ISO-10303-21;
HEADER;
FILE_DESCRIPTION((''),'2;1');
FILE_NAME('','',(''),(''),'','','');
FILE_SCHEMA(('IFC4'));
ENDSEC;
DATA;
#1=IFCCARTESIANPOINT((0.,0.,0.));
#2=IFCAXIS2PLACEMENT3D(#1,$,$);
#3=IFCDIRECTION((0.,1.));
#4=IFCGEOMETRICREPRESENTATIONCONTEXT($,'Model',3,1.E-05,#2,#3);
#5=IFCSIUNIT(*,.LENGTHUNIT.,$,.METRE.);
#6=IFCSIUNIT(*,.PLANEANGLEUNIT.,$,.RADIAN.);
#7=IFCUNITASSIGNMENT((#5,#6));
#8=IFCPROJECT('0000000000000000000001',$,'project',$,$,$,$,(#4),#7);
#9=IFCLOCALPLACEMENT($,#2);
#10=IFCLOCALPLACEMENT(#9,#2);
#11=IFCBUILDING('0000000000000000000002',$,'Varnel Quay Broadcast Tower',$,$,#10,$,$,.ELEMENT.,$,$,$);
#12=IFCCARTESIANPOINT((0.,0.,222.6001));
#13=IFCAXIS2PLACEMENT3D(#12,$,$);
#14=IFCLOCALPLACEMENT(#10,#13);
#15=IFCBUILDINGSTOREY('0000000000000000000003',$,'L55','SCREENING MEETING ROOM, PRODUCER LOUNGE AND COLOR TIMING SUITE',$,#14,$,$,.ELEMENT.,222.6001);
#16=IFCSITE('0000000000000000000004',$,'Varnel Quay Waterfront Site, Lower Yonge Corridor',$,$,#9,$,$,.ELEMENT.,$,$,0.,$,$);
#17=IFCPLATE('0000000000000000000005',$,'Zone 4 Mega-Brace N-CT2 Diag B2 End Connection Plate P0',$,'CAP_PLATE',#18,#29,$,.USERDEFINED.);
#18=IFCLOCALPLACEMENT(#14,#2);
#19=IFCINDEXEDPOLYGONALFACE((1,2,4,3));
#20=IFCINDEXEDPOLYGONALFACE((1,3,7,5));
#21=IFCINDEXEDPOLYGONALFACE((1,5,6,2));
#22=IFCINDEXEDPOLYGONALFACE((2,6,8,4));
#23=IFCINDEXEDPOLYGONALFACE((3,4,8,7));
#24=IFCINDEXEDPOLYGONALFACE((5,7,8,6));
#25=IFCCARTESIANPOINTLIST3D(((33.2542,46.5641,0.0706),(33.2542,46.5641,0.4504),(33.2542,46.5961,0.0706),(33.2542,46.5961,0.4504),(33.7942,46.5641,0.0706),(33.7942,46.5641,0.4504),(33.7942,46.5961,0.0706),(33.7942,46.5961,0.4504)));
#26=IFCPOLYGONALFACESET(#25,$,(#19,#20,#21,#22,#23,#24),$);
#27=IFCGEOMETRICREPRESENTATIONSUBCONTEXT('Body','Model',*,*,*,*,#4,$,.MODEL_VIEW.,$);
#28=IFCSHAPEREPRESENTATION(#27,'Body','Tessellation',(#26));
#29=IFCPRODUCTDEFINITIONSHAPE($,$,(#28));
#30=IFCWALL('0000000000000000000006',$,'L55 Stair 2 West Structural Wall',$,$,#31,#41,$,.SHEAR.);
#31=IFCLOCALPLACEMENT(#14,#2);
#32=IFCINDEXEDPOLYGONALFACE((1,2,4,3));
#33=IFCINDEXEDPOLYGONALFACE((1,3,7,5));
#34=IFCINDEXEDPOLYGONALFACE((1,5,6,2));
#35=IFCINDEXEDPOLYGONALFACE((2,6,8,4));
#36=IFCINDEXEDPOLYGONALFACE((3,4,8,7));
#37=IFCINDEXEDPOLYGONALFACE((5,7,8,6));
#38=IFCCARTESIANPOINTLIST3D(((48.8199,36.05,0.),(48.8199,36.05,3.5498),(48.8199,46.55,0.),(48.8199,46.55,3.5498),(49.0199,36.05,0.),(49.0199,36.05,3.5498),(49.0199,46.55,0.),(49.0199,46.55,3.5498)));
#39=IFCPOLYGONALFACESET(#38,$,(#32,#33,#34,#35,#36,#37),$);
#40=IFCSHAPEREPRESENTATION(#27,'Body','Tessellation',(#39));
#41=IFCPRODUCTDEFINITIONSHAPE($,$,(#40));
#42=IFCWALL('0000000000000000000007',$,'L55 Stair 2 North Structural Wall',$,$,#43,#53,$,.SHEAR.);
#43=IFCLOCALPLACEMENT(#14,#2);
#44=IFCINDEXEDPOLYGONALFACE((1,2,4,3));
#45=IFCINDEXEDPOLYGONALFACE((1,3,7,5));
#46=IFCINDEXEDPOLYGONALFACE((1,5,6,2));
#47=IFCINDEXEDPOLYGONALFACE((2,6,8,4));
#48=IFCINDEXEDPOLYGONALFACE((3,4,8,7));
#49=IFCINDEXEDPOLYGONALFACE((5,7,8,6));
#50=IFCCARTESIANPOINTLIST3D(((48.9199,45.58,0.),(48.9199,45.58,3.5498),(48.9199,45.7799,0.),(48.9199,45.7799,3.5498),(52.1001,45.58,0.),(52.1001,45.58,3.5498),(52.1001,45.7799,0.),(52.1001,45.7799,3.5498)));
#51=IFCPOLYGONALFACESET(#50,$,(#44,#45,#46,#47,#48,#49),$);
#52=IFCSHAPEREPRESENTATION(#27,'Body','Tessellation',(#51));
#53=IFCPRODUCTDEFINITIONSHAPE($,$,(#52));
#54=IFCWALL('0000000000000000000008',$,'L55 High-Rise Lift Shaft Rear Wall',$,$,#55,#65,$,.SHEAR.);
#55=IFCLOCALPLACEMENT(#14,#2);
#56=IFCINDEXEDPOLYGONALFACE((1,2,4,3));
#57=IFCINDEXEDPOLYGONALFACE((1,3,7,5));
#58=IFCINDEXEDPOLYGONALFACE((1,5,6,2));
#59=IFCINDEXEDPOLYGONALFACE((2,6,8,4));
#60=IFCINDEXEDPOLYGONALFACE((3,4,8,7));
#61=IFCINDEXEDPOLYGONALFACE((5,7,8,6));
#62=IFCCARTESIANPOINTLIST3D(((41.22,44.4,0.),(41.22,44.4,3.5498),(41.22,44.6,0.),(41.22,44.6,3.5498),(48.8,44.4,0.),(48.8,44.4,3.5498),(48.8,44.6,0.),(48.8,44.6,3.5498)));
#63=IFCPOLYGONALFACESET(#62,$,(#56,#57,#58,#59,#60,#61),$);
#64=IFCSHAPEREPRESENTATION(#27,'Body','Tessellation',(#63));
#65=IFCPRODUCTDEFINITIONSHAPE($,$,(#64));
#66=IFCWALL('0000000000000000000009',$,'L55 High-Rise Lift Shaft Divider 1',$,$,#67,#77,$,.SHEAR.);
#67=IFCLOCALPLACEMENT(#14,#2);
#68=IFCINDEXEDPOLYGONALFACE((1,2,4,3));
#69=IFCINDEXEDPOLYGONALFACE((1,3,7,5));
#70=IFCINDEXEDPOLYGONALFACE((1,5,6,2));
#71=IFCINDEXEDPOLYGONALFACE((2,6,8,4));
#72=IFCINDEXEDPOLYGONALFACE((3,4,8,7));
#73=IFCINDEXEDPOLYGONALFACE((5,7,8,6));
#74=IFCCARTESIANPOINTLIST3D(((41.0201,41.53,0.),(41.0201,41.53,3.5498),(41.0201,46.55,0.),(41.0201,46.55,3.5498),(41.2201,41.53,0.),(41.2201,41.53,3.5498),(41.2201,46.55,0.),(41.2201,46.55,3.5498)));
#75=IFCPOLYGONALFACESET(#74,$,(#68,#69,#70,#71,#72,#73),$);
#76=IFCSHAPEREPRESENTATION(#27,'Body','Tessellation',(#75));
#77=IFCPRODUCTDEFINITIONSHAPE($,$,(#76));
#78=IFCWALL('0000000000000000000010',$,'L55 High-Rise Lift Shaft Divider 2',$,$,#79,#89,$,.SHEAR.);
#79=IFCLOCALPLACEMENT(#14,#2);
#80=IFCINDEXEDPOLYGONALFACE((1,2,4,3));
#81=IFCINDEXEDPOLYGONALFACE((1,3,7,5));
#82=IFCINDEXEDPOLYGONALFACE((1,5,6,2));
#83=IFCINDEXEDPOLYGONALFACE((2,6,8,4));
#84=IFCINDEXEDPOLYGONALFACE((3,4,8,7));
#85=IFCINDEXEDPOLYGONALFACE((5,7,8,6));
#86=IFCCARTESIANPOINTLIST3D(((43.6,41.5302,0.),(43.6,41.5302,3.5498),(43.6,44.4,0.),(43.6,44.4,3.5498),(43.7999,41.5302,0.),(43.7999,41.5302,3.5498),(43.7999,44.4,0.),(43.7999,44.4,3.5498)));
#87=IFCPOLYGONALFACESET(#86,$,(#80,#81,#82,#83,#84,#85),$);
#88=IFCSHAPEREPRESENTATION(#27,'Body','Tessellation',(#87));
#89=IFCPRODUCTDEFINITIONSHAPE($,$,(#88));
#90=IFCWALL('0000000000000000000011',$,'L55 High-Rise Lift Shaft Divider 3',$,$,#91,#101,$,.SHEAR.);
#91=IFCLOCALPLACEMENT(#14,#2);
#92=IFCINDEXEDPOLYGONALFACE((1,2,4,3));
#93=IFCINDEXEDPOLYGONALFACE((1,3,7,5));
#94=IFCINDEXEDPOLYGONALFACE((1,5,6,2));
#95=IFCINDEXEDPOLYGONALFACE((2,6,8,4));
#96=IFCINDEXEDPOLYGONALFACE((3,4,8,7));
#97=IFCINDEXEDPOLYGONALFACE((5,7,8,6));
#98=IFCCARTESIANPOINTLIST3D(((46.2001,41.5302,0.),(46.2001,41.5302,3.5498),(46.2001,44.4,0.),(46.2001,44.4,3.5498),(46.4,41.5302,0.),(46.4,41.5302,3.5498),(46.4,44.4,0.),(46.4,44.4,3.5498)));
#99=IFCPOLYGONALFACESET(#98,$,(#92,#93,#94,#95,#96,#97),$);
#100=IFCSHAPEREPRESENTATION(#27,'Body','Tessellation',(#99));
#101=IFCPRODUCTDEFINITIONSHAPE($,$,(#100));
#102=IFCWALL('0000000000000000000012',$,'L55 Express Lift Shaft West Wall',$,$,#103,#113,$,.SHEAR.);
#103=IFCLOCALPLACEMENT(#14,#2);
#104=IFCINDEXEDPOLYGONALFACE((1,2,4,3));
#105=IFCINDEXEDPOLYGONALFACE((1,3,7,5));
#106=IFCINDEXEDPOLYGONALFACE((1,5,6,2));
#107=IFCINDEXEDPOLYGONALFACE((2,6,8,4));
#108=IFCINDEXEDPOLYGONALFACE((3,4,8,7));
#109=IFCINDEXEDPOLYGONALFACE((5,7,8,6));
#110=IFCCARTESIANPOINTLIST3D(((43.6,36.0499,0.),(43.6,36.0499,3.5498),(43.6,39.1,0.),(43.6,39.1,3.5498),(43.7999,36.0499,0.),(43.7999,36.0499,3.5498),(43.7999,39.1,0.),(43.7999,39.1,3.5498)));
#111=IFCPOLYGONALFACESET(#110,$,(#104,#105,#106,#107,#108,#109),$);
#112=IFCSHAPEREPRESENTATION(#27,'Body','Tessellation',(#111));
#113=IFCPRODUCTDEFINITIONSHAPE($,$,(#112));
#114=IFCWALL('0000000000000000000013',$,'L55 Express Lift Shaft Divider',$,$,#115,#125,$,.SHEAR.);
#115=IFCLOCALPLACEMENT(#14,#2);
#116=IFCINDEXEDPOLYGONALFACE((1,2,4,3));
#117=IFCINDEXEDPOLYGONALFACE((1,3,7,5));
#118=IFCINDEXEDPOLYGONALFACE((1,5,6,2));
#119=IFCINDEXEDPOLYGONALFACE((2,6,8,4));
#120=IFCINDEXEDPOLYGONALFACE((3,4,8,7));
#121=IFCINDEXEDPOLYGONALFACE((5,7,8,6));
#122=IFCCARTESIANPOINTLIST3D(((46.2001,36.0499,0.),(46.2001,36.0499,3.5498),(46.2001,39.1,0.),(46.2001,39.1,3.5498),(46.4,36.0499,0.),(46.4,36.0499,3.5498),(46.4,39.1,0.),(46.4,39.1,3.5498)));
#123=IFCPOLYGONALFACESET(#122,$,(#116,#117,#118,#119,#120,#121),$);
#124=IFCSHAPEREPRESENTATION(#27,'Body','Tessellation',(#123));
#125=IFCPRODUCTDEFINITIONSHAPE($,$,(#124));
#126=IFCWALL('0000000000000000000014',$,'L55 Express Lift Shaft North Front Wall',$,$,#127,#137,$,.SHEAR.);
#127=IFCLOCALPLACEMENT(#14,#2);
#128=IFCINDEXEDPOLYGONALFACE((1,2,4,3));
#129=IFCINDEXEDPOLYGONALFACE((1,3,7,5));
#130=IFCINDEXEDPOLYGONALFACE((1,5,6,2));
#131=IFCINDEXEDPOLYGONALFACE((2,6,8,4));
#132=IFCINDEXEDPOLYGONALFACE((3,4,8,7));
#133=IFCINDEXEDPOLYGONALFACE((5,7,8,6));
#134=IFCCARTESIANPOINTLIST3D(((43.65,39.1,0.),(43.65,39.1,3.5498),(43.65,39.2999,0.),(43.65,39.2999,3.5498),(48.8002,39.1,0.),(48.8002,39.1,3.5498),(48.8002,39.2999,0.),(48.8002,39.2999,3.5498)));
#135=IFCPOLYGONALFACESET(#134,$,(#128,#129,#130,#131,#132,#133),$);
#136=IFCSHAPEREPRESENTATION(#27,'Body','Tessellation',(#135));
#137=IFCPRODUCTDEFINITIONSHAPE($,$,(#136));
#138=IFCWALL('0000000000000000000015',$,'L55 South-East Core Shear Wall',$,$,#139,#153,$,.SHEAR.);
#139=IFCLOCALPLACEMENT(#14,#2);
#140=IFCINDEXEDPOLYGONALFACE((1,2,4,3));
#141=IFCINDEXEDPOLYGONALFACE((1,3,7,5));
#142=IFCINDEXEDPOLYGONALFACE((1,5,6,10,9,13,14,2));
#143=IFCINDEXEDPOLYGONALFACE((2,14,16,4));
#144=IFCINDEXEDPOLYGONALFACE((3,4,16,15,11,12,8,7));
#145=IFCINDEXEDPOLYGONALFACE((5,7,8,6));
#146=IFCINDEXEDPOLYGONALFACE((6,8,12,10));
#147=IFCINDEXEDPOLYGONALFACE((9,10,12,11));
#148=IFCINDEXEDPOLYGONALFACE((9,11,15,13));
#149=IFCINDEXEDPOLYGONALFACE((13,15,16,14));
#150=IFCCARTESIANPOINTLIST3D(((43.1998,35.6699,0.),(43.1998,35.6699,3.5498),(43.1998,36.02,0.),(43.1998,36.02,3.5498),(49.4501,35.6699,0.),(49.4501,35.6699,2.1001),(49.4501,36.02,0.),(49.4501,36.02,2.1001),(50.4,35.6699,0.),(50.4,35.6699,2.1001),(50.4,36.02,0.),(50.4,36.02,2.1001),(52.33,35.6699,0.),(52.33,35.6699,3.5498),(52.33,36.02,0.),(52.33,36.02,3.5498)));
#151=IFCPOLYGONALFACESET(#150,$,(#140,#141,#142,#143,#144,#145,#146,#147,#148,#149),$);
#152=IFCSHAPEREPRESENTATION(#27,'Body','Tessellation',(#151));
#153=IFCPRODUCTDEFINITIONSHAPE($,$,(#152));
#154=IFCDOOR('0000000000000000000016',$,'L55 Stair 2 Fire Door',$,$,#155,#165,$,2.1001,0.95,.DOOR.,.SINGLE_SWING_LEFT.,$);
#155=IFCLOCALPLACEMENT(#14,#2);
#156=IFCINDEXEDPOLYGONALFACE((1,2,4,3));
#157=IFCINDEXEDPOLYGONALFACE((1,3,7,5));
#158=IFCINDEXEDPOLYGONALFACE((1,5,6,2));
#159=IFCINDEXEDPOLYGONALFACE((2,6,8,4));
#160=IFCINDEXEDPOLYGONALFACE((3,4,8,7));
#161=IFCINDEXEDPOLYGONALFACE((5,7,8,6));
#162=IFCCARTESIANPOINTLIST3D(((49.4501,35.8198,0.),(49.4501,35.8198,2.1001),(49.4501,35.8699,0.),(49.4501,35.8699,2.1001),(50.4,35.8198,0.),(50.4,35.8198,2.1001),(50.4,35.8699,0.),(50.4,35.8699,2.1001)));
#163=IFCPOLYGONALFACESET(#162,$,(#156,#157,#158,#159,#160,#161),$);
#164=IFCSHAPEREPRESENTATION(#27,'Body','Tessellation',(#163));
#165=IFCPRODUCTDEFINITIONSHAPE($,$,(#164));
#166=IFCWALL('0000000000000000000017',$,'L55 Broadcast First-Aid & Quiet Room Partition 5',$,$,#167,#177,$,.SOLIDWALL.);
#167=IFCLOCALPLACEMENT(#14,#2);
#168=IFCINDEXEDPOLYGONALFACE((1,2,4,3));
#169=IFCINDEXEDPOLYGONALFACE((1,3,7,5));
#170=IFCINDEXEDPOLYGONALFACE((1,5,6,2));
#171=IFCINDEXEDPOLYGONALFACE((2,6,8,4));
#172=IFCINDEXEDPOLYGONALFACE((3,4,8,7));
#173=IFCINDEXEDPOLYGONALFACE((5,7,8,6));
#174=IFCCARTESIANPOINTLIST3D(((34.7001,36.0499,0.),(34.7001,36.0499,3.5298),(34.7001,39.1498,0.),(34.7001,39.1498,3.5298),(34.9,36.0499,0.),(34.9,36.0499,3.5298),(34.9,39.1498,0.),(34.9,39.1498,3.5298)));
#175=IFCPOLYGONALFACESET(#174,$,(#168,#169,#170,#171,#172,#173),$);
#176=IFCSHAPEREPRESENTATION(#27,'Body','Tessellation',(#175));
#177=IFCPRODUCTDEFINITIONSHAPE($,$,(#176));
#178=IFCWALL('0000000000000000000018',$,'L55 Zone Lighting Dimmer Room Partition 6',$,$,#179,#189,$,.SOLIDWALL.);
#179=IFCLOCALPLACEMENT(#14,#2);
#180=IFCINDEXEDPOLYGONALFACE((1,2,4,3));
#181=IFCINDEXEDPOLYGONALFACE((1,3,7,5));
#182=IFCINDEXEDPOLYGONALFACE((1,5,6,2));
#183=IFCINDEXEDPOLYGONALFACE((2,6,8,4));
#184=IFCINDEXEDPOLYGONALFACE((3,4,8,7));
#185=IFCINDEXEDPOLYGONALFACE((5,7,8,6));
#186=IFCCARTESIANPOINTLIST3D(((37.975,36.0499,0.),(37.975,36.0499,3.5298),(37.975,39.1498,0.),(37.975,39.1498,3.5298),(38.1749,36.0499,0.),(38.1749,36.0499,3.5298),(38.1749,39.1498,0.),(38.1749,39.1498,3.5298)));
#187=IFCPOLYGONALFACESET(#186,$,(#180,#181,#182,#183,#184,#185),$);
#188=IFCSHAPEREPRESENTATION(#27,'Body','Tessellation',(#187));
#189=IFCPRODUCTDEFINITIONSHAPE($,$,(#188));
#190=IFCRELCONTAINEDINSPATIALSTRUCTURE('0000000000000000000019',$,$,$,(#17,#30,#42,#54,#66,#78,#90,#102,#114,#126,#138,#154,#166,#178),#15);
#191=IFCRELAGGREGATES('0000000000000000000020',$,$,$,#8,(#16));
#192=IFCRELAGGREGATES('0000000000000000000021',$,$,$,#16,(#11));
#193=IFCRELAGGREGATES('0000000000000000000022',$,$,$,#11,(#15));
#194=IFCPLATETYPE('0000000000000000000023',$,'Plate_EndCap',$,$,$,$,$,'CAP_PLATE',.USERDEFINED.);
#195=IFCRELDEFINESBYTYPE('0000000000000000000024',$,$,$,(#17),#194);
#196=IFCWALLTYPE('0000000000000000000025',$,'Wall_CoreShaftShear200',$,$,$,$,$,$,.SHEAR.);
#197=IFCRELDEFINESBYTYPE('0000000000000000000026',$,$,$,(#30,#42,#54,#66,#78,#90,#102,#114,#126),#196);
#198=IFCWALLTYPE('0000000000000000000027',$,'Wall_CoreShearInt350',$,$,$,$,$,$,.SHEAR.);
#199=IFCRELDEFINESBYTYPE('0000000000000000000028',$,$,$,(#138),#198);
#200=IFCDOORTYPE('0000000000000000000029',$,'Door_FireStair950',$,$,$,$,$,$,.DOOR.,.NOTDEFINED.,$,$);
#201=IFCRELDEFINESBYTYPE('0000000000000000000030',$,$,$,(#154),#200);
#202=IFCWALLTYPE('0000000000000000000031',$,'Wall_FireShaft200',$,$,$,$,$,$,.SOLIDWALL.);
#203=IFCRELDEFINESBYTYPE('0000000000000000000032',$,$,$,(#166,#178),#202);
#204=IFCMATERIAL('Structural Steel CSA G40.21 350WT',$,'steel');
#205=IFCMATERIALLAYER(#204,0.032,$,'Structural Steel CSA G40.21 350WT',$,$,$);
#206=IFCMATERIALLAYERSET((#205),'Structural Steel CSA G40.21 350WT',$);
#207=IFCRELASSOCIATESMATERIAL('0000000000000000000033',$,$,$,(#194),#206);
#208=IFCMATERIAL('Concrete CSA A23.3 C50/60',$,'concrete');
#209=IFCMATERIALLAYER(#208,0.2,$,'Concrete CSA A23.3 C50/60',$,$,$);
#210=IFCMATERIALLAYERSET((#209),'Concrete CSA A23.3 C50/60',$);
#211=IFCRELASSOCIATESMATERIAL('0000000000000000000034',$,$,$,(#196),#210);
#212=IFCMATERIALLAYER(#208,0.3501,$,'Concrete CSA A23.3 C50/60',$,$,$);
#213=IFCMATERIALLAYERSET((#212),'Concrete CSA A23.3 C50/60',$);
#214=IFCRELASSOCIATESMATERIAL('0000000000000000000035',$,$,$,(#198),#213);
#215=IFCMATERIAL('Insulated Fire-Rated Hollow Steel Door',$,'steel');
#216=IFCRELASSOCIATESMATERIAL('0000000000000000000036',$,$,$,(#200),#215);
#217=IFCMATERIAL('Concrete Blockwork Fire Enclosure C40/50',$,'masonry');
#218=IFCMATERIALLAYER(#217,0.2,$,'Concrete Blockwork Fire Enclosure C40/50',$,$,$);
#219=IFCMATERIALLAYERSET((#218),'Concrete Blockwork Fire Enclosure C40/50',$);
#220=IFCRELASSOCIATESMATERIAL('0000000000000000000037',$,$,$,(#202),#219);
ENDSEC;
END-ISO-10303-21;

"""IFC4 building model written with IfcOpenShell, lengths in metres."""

from ifc_helpers import new_model, si_unit, direction, frame, frame_2d, origin, origin_2d, place, context, subcontext, project, spatial, rectangle, extrude, source, transform, mapped, material, layer, layer_set, type_object, type_shapes, element, fill, save


model = new_model("IFC4")

# Units and contexts
model_context = context("Model", 3, precision=1e-05, world=origin(), true_north=direction((0.0, 1.0)))
body_context = subcontext(model_context, "Body", "Model", "MODEL_VIEW")
ifc_project = project(units=[si_unit("LENGTHUNIT", "METRE"), si_unit("PLANEANGLEUNIT", "RADIAN")], contexts=[model_context])

# Site, building, storey
site_placement = place(None, origin())
site = spatial("IfcSite", under=ifc_project, at=site_placement, Name="Varnel Quay Waterfront Site, Lower Yonge Corridor", CompositionType="ELEMENT", RefElevation=0.0)
building_placement = place(site_placement, origin())
building = spatial("IfcBuilding", under=site, at=building_placement, Name="Varnel Quay Broadcast Tower", CompositionType="ELEMENT")
storey_placement = place(building_placement, frame((0.0, 0.0, 222.6001)))
storey = spatial("IfcBuildingStorey", under=building, at=storey_placement, Name="L55", Description="SCREENING MEETING ROOM, PRODUCER LOUNGE AND COLOR TIMING SUITE", CompositionType="ELEMENT", Elevation=222.6001)

# Shared definitions
ifc_material_1 = material(Name="Structural Steel CSA G40.21 350WT", Category="steel")

# Shared definitions
ifc_material_2 = material(Name="Concrete CSA A23.3 C50/60", Category="concrete")

# Plate
ifc_layer_1 = layer(ifc_material_1, 0.032, Name="Structural Steel CSA G40.21 350WT")
ifc_layer_set_1 = layer_set([ifc_layer_1], Name="Structural Steel CSA G40.21 350WT")
plate_type = type_object("IfcPlateType", Name="Plate_EndCap", ElementType="CAP_PLATE", PredefinedType="USERDEFINED", material=ifc_layer_set_1)
shared_shape_1 = source(origin(), body_context, "Body", "SweptSolid", [
    extrude(rectangle(XDim=0.54, YDim=0.032, at=origin_2d()), origin(), (0.0, 0.0, 1.0), 0.3799),
])
type_shapes(plate_type, [shared_shape_1])
plate_placement = place(storey_placement, frame((33.5242, 46.5801, 0.0706), z_axis=(0.0, 0.0, 1.0), x_axis=(1.0, 0.0, 0.0)))
element("IfcPlate", 1, at=plate_placement, inside=storey, type_object=plate_type, Name="Zone 4 Mega-Brace N-CT2 Diag B2 End Connection Plate P0", ObjectType="CAP_PLATE", PredefinedType="USERDEFINED", context=body_context, shape_type="MappedRepresentation", body=[
    mapped(shared_shape_1, transform((0.0, 0.0, 0.0), x_axis=(1.0, 0.0, 0.0), y_axis=(0.0, 1.0, 0.0), z_axis=(0.0, 0.0, 1.0), scale=1.0)),
])

# Walls
ifc_layer_2 = layer(ifc_material_2, 0.2, Name="Concrete CSA A23.3 C50/60")
ifc_layer_set_2 = layer_set([ifc_layer_2], Name="Concrete CSA A23.3 C50/60")
wall_type_1 = type_object("IfcWallType", Name="Wall_CoreShaftShear200", PredefinedType="SHEAR", material=ifc_layer_set_2)
wall_1_placement = place(storey_placement, frame((48.9199, 36.05, 0.0), z_axis=(0.0, 0.0, 1.0), x_axis=(0.0, 1.0, 0.0)))
element("IfcWall", 2, at=wall_1_placement, inside=storey, type_object=wall_type_1, Name="L55 Stair 2 West Structural Wall", PredefinedType="SHEAR", context=body_context, shape_type="SweptSolid", body=[
    extrude(rectangle(XDim=10.5, YDim=0.2, at=frame_2d((5.25, 0.0))), origin(), (0.0, 0.0, 1.0), 3.5498),
])
wall_2_placement = place(storey_placement, frame((48.9199, 45.6799, 0.0), z_axis=(0.0, 0.0, 1.0), x_axis=(1.0, 0.0, 0.0)))
element("IfcWall", 3, at=wall_2_placement, inside=storey, type_object=wall_type_1, Name="L55 Stair 2 North Structural Wall", PredefinedType="SHEAR", context=body_context, shape_type="SweptSolid", body=[
    extrude(rectangle(XDim=3.1802, YDim=0.2, at=frame_2d((1.5901, 0.0))), origin(), (0.0, 0.0, 1.0), 3.5498),
])
wall_3_placement = place(storey_placement, frame((41.22, 44.5, 0.0), z_axis=(0.0, 0.0, 1.0), x_axis=(1.0, 0.0, 0.0)))
element("IfcWall", 4, at=wall_3_placement, inside=storey, type_object=wall_type_1, Name="L55 High-Rise Lift Shaft Rear Wall", PredefinedType="SHEAR", context=body_context, shape_type="SweptSolid", body=[
    extrude(rectangle(XDim=7.5801, YDim=0.2, at=frame_2d((3.79, 0.0))), origin(), (0.0, 0.0, 1.0), 3.5498),
])
wall_4_placement = place(storey_placement, frame((41.1201, 41.53, 0.0), z_axis=(0.0, 0.0, 1.0), x_axis=(0.0, 1.0, 0.0)))
element("IfcWall", 5, at=wall_4_placement, inside=storey, type_object=wall_type_1, Name="L55 High-Rise Lift Shaft Divider 1", PredefinedType="SHEAR", context=body_context, shape_type="SweptSolid", body=[
    extrude(rectangle(XDim=5.02, YDim=0.2, at=frame_2d((2.51, 0.0))), origin(), (0.0, 0.0, 1.0), 3.5498),
])
for number, where, z_axis, x_axis, name in (
    (6, (43.7, 41.53, 0.0), (0.0, 0.0, 1.0), (0.0, 1.0, 0.0), "L55 High-Rise Lift Shaft Divider 2"),
    (7, (46.3, 41.53, 0.0), (0.0, 0.0, 1.0), (0.0, 1.0, 0.0), "L55 High-Rise Lift Shaft Divider 3"),
):
    element("IfcWall", number, at=place(storey_placement, frame(where, z_axis=z_axis, x_axis=x_axis)), inside=storey, type_object=wall_type_1, Name=name, PredefinedType="SHEAR", context=body_context, shape_type="SweptSolid", body=[
        extrude(rectangle(XDim=2.8699, YDim=0.2, at=frame_2d((1.4351, 0.0))), origin(), (0.0, 0.0, 1.0), 3.5498),
    ])
for number, where, z_axis, x_axis, name in (
    (8, (43.7, 36.05, 0.0), (0.0, 0.0, 1.0), (0.0, 1.0, 0.0), "L55 Express Lift Shaft West Wall"),
    (9, (46.3, 36.05, 0.0), (0.0, 0.0, 1.0), (0.0, 1.0, 0.0), "L55 Express Lift Shaft Divider"),
):
    element("IfcWall", number, at=place(storey_placement, frame(where, z_axis=z_axis, x_axis=x_axis)), inside=storey, type_object=wall_type_1, Name=name, PredefinedType="SHEAR", context=body_context, shape_type="SweptSolid", body=[
        extrude(rectangle(XDim=3.05, YDim=0.2, at=frame_2d((1.5249, 0.0))), origin(), (0.0, 0.0, 1.0), 3.5498),
    ])
wall_5_placement = place(storey_placement, frame((43.6499, 39.2, 0.0), z_axis=(0.0, 0.0, 1.0), x_axis=(1.0, 0.0, 0.0)))
element("IfcWall", 10, at=wall_5_placement, inside=storey, type_object=wall_type_1, Name="L55 Express Lift Shaft North Front Wall", PredefinedType="SHEAR", context=body_context, shape_type="SweptSolid", body=[
    extrude(rectangle(XDim=5.1501, YDim=0.2, at=frame_2d((2.5752, 0.0))), origin(), (0.0, 0.0, 1.0), 3.5498),
])

# Wall, opening, door
ifc_layer_3 = layer(ifc_material_2, 0.3501, Name="Concrete CSA A23.3 C50/60")
ifc_layer_set_3 = layer_set([ifc_layer_3], Name="Concrete CSA A23.3 C50/60")
wall_type_2 = type_object("IfcWallType", Name="Wall_CoreShearInt350", PredefinedType="SHEAR", material=ifc_layer_set_3)
wall_6_placement = place(storey_placement, frame((43.2, 35.845, 0.0), z_axis=(0.0, 0.0, 1.0), x_axis=(1.0, 0.0, 0.0)))
wall_6 = element("IfcWall", 11, at=wall_6_placement, inside=storey, type_object=wall_type_2, Name="L55 South-East Core Shear Wall", PredefinedType="SHEAR", context=body_context, shape_type="SweptSolid", body=[
    extrude(rectangle(XDim=9.1301, YDim=0.3501, at=frame_2d((4.5649, 0.0))), origin(), (0.0, 0.0, 1.0), 3.5498),
])
opening_1_placement = place(wall_6_placement, frame((6.25, 0.0, 0.0)))
opening_1 = element("IfcOpeningElement", 12, at=opening_1_placement, cuts=wall_6, PredefinedType="OPENING", context=body_context, shape_type="SweptSolid", body=[
    extrude(rectangle(XDim=0.95, YDim=2.1001, at=frame_2d((0.4751, 1.05))), frame((0.0, 0.1851, 0.0), z_axis=(0.0, -1.0, 0.0), x_axis=(1.0, 0.0, 0.0)), (0.0, 0.0, 1.0), 0.3701),
])
ifc_material_3 = material(Name="Insulated Fire-Rated Hollow Steel Door", Category="steel")
door_type_1 = type_object("IfcDoorType", Name="Door_FireStair950", OperationType="NOTDEFINED", PredefinedType="DOOR", material=ifc_material_3)
shared_shape_2 = source(origin(), body_context, "Body", "SweptSolid", [
    extrude(rectangle(XDim=0.95, YDim=2.1001, at=frame_2d((0.4751, 1.05))), frame((0.0, 0.0249, 0.0), z_axis=(0.0, -1.0, 0.0), x_axis=(1.0, 0.0, 0.0)), (0.0, 0.0, 1.0), 0.05),
])
type_shapes(door_type_1, [shared_shape_2])
door_1_placement = place(opening_1_placement, origin())
door_1 = element("IfcDoor", 13, at=door_1_placement, inside=storey, type_object=door_type_1, Name="L55 Stair 2 Fire Door", OperationType="SINGLE_SWING_LEFT", OverallHeight=2.1001, OverallWidth=0.95, PredefinedType="DOOR", context=body_context, shape_type="MappedRepresentation", body=[
    mapped(shared_shape_2, transform((0.0, 0.0, 0.0), x_axis=(1.0, 0.0, 0.0), y_axis=(0.0, 1.0, 0.0), z_axis=(0.0, 0.0, 1.0), scale=1.0)),
])
fill(opening_1, door_1)

# Walls
ifc_material_4 = material(Name="Concrete Blockwork Fire Enclosure C40/50", Category="masonry")
ifc_layer_4 = layer(ifc_material_4, 0.2, Name="Concrete Blockwork Fire Enclosure C40/50")
ifc_layer_set_4 = layer_set([ifc_layer_4], Name="Concrete Blockwork Fire Enclosure C40/50")
wall_type_3 = type_object("IfcWallType", Name="Wall_FireShaft200", PredefinedType="SOLIDWALL", material=ifc_layer_set_4)
for number, where, z_axis, x_axis, name in (
    (14, (34.8, 36.05, 0.0), (0.0, 0.0, 1.0), (0.0, 1.0, 0.0), "L55 Broadcast First-Aid & Quiet Room Partition 5"),
    (15, (38.075, 36.05, 0.0), (0.0, 0.0, 1.0), (0.0, 1.0, 0.0), "L55 Zone Lighting Dimmer Room Partition 6"),
):
    element("IfcWall", number, at=place(storey_placement, frame(where, z_axis=z_axis, x_axis=x_axis)), inside=storey, type_object=wall_type_3, Name=name, PredefinedType="SOLIDWALL", context=body_context, shape_type="SweptSolid", body=[
        extrude(rectangle(XDim=3.0999, YDim=0.2, at=frame_2d((1.5498, 0.0))), origin(), (0.0, 0.0, 1.0), 3.5298),
    ])

save(model, "model.ifc")
